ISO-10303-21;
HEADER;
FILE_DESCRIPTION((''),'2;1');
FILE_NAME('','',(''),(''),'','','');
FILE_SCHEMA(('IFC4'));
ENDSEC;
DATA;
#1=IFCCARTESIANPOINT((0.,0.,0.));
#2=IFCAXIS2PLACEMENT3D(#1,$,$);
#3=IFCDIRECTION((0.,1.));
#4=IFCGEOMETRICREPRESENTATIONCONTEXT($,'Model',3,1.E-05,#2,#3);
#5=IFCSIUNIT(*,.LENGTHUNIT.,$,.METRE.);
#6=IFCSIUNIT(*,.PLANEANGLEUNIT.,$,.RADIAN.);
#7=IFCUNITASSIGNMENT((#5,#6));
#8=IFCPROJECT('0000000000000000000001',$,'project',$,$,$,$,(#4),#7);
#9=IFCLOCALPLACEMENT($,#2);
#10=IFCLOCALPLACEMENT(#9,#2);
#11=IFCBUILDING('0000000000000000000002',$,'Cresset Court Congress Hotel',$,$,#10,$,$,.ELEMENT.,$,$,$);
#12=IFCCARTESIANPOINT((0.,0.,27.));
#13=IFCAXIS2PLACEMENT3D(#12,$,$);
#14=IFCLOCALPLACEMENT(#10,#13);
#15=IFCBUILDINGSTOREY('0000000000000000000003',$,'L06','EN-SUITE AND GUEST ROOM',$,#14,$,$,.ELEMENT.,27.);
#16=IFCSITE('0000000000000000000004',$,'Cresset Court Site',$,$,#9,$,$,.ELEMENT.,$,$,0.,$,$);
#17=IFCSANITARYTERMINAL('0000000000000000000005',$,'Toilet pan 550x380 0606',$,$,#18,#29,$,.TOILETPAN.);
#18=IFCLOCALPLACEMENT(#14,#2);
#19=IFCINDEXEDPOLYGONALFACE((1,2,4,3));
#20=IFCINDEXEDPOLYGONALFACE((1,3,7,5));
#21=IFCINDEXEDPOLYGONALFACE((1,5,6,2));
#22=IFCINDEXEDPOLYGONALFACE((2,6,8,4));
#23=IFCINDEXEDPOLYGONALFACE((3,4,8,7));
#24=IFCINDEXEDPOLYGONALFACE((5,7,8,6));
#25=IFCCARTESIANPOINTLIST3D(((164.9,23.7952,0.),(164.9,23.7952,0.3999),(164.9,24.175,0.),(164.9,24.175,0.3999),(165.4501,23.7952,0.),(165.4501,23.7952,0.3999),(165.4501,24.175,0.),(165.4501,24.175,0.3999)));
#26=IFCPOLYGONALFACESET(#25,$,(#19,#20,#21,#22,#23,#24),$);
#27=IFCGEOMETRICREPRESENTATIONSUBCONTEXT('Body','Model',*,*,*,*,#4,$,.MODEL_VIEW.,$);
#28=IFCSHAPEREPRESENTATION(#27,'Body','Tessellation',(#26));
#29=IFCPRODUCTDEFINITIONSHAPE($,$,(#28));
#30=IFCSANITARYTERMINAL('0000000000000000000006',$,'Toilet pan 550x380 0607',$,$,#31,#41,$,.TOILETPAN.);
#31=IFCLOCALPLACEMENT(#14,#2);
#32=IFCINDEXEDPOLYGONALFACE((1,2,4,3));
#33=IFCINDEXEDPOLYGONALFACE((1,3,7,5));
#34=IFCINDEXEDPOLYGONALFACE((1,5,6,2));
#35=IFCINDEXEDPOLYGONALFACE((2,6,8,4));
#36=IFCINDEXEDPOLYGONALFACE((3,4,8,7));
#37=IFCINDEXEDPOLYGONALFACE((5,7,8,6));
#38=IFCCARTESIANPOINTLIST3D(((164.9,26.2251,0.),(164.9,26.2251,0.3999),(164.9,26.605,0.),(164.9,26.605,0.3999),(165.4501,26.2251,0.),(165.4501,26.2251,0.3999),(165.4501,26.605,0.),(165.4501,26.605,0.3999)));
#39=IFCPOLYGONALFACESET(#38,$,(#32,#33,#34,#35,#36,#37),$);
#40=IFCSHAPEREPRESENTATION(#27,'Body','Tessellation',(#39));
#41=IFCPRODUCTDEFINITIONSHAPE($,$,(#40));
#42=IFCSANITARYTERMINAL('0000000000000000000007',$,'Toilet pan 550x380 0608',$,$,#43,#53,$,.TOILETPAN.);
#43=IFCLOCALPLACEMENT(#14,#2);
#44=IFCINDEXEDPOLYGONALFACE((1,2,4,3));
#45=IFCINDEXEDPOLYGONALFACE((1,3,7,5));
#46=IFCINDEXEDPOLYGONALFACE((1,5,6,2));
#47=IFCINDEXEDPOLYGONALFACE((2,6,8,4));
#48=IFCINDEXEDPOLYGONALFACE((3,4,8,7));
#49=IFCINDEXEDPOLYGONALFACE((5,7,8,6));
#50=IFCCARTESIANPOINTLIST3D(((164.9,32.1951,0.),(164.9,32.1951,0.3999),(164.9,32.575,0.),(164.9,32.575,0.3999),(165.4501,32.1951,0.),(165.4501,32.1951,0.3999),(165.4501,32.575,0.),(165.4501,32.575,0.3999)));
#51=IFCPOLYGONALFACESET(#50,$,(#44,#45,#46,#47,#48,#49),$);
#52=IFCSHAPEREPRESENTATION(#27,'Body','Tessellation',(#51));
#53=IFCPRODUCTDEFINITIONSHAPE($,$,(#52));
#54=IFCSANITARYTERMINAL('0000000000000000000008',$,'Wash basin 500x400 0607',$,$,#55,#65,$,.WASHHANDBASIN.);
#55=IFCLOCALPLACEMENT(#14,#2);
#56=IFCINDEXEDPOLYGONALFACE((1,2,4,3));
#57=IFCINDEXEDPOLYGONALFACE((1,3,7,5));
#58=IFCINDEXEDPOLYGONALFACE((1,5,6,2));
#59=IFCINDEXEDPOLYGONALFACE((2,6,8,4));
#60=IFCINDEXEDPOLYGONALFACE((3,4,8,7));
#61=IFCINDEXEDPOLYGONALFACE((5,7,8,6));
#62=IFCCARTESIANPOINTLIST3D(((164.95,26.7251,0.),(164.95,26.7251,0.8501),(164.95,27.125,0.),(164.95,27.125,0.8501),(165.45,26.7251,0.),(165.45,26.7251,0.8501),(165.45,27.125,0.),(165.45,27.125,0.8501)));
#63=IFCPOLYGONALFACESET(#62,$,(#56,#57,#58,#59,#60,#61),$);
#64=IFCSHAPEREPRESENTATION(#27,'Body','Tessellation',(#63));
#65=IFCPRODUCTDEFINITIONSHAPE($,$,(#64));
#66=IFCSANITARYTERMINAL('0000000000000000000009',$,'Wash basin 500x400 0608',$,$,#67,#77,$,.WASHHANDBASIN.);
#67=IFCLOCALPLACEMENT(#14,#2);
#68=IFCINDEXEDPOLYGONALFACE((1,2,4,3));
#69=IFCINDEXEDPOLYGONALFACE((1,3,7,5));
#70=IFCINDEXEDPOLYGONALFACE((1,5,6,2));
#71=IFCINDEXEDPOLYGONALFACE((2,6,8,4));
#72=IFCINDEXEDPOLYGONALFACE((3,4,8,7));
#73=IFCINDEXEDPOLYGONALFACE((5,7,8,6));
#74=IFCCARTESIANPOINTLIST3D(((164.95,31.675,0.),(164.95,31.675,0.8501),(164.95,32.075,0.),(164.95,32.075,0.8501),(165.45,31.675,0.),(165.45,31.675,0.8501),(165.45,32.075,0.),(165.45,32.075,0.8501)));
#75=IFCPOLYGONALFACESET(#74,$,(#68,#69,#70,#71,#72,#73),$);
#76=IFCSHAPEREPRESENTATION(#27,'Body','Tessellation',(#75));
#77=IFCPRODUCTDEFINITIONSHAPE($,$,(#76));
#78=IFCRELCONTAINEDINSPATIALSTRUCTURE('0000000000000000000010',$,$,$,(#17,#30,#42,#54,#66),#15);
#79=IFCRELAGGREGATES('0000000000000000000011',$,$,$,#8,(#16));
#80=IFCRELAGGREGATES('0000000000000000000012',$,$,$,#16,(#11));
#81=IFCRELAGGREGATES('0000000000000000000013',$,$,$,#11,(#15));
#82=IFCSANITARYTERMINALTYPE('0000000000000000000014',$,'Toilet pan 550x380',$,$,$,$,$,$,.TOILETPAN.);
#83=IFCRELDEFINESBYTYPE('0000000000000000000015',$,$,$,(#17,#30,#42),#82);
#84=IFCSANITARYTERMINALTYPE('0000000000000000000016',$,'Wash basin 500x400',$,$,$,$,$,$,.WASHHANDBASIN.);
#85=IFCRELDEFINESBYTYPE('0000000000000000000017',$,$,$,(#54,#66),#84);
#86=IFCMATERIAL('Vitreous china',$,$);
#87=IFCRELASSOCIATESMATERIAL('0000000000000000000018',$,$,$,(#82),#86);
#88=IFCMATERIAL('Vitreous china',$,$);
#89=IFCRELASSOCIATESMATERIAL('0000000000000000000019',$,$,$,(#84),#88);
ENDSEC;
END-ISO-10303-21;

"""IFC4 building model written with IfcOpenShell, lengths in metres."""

from ifc_helpers import new_model, si_unit, direction, frame, origin, origin_2d, place, context, subcontext, project, spatial, rectangle, extrude, material, type_object, element, save


model = new_model("IFC4")

# Units and contexts
model_context = context("Model", 3, precision=1e-05, world=origin(), true_north=direction((0.0, 1.0)))
body_context = subcontext(model_context, "Body", "Model", "MODEL_VIEW")
ifc_project = project(units=[si_unit("LENGTHUNIT", "METRE"), si_unit("PLANEANGLEUNIT", "RADIAN")], contexts=[model_context])

# Site, building, storey
site_placement = place(None, origin())
site = spatial("IfcSite", under=ifc_project, at=site_placement, Name="Cresset Court Site", CompositionType="ELEMENT", RefElevation=0.0)
building_placement = place(site_placement, origin())
building = spatial("IfcBuilding", under=site, at=building_placement, Name="Cresset Court Congress Hotel", CompositionType="ELEMENT")
storey_placement = place(building_placement, frame((0.0, 0.0, 27.0)))
storey = spatial("IfcBuildingStorey", under=building, at=storey_placement, Name="L06", Description="EN-SUITE AND GUEST ROOM", CompositionType="ELEMENT", Elevation=27.0)

# Sanitary terminals
ifc_material_1 = material(Name="Vitreous china")
sanitary_terminal_type_1 = type_object("IfcSanitaryTerminalType", Name="Toilet pan 550x380", PredefinedType="TOILETPAN", material=ifc_material_1)
for number, where, z_axis, x_axis, name in (
    (1, (165.175, 23.9851, 0.0), (0.0, 0.0, 1.0), (1.0, 0.0, 0.0), "Toilet pan 550x380 0606"),
    (2, (165.175, 26.415, 0.0), (0.0, 0.0, 1.0), (1.0, 0.0, 0.0), "Toilet pan 550x380 0607"),
    (3, (165.175, 32.385, 0.0), (0.0, 0.0, 1.0), (1.0, 0.0, 0.0), "Toilet pan 550x380 0608"),
):
    element("IfcSanitaryTerminal", number, at=place(storey_placement, frame(where, z_axis=z_axis, x_axis=x_axis)), inside=storey, type_object=sanitary_terminal_type_1, Name=name, PredefinedType="TOILETPAN", context=body_context, shape_type="SweptSolid", body=[
        extrude(rectangle(XDim=0.55, YDim=0.3799, at=origin_2d()), origin(), (0.0, 0.0, 1.0), 0.3999),
    ])
ifc_material_2 = material(Name="Vitreous china")
sanitary_terminal_type_2 = type_object("IfcSanitaryTerminalType", Name="Wash basin 500x400", PredefinedType="WASHHANDBASIN", material=ifc_material_2)
for number, where, z_axis, x_axis, name in (
    (4, (165.2, 26.925, 0.0), (0.0, 0.0, 1.0), (1.0, 0.0, 0.0), "Wash basin 500x400 0607"),
    (5, (165.2, 31.875, 0.0), (0.0, 0.0, 1.0), (1.0, 0.0, 0.0), "Wash basin 500x400 0608"),
):
    element("IfcSanitaryTerminal", number, at=place(storey_placement, frame(where, z_axis=z_axis, x_axis=x_axis)), inside=storey, type_object=sanitary_terminal_type_2, Name=name, PredefinedType="WASHHANDBASIN", context=body_context, shape_type="SweptSolid", body=[
        extrude(rectangle(XDim=0.5, YDim=0.3999, at=origin_2d()), origin(), (0.0, 0.0, 1.0), 0.8501),
    ])

save(model, "model.ifc")
